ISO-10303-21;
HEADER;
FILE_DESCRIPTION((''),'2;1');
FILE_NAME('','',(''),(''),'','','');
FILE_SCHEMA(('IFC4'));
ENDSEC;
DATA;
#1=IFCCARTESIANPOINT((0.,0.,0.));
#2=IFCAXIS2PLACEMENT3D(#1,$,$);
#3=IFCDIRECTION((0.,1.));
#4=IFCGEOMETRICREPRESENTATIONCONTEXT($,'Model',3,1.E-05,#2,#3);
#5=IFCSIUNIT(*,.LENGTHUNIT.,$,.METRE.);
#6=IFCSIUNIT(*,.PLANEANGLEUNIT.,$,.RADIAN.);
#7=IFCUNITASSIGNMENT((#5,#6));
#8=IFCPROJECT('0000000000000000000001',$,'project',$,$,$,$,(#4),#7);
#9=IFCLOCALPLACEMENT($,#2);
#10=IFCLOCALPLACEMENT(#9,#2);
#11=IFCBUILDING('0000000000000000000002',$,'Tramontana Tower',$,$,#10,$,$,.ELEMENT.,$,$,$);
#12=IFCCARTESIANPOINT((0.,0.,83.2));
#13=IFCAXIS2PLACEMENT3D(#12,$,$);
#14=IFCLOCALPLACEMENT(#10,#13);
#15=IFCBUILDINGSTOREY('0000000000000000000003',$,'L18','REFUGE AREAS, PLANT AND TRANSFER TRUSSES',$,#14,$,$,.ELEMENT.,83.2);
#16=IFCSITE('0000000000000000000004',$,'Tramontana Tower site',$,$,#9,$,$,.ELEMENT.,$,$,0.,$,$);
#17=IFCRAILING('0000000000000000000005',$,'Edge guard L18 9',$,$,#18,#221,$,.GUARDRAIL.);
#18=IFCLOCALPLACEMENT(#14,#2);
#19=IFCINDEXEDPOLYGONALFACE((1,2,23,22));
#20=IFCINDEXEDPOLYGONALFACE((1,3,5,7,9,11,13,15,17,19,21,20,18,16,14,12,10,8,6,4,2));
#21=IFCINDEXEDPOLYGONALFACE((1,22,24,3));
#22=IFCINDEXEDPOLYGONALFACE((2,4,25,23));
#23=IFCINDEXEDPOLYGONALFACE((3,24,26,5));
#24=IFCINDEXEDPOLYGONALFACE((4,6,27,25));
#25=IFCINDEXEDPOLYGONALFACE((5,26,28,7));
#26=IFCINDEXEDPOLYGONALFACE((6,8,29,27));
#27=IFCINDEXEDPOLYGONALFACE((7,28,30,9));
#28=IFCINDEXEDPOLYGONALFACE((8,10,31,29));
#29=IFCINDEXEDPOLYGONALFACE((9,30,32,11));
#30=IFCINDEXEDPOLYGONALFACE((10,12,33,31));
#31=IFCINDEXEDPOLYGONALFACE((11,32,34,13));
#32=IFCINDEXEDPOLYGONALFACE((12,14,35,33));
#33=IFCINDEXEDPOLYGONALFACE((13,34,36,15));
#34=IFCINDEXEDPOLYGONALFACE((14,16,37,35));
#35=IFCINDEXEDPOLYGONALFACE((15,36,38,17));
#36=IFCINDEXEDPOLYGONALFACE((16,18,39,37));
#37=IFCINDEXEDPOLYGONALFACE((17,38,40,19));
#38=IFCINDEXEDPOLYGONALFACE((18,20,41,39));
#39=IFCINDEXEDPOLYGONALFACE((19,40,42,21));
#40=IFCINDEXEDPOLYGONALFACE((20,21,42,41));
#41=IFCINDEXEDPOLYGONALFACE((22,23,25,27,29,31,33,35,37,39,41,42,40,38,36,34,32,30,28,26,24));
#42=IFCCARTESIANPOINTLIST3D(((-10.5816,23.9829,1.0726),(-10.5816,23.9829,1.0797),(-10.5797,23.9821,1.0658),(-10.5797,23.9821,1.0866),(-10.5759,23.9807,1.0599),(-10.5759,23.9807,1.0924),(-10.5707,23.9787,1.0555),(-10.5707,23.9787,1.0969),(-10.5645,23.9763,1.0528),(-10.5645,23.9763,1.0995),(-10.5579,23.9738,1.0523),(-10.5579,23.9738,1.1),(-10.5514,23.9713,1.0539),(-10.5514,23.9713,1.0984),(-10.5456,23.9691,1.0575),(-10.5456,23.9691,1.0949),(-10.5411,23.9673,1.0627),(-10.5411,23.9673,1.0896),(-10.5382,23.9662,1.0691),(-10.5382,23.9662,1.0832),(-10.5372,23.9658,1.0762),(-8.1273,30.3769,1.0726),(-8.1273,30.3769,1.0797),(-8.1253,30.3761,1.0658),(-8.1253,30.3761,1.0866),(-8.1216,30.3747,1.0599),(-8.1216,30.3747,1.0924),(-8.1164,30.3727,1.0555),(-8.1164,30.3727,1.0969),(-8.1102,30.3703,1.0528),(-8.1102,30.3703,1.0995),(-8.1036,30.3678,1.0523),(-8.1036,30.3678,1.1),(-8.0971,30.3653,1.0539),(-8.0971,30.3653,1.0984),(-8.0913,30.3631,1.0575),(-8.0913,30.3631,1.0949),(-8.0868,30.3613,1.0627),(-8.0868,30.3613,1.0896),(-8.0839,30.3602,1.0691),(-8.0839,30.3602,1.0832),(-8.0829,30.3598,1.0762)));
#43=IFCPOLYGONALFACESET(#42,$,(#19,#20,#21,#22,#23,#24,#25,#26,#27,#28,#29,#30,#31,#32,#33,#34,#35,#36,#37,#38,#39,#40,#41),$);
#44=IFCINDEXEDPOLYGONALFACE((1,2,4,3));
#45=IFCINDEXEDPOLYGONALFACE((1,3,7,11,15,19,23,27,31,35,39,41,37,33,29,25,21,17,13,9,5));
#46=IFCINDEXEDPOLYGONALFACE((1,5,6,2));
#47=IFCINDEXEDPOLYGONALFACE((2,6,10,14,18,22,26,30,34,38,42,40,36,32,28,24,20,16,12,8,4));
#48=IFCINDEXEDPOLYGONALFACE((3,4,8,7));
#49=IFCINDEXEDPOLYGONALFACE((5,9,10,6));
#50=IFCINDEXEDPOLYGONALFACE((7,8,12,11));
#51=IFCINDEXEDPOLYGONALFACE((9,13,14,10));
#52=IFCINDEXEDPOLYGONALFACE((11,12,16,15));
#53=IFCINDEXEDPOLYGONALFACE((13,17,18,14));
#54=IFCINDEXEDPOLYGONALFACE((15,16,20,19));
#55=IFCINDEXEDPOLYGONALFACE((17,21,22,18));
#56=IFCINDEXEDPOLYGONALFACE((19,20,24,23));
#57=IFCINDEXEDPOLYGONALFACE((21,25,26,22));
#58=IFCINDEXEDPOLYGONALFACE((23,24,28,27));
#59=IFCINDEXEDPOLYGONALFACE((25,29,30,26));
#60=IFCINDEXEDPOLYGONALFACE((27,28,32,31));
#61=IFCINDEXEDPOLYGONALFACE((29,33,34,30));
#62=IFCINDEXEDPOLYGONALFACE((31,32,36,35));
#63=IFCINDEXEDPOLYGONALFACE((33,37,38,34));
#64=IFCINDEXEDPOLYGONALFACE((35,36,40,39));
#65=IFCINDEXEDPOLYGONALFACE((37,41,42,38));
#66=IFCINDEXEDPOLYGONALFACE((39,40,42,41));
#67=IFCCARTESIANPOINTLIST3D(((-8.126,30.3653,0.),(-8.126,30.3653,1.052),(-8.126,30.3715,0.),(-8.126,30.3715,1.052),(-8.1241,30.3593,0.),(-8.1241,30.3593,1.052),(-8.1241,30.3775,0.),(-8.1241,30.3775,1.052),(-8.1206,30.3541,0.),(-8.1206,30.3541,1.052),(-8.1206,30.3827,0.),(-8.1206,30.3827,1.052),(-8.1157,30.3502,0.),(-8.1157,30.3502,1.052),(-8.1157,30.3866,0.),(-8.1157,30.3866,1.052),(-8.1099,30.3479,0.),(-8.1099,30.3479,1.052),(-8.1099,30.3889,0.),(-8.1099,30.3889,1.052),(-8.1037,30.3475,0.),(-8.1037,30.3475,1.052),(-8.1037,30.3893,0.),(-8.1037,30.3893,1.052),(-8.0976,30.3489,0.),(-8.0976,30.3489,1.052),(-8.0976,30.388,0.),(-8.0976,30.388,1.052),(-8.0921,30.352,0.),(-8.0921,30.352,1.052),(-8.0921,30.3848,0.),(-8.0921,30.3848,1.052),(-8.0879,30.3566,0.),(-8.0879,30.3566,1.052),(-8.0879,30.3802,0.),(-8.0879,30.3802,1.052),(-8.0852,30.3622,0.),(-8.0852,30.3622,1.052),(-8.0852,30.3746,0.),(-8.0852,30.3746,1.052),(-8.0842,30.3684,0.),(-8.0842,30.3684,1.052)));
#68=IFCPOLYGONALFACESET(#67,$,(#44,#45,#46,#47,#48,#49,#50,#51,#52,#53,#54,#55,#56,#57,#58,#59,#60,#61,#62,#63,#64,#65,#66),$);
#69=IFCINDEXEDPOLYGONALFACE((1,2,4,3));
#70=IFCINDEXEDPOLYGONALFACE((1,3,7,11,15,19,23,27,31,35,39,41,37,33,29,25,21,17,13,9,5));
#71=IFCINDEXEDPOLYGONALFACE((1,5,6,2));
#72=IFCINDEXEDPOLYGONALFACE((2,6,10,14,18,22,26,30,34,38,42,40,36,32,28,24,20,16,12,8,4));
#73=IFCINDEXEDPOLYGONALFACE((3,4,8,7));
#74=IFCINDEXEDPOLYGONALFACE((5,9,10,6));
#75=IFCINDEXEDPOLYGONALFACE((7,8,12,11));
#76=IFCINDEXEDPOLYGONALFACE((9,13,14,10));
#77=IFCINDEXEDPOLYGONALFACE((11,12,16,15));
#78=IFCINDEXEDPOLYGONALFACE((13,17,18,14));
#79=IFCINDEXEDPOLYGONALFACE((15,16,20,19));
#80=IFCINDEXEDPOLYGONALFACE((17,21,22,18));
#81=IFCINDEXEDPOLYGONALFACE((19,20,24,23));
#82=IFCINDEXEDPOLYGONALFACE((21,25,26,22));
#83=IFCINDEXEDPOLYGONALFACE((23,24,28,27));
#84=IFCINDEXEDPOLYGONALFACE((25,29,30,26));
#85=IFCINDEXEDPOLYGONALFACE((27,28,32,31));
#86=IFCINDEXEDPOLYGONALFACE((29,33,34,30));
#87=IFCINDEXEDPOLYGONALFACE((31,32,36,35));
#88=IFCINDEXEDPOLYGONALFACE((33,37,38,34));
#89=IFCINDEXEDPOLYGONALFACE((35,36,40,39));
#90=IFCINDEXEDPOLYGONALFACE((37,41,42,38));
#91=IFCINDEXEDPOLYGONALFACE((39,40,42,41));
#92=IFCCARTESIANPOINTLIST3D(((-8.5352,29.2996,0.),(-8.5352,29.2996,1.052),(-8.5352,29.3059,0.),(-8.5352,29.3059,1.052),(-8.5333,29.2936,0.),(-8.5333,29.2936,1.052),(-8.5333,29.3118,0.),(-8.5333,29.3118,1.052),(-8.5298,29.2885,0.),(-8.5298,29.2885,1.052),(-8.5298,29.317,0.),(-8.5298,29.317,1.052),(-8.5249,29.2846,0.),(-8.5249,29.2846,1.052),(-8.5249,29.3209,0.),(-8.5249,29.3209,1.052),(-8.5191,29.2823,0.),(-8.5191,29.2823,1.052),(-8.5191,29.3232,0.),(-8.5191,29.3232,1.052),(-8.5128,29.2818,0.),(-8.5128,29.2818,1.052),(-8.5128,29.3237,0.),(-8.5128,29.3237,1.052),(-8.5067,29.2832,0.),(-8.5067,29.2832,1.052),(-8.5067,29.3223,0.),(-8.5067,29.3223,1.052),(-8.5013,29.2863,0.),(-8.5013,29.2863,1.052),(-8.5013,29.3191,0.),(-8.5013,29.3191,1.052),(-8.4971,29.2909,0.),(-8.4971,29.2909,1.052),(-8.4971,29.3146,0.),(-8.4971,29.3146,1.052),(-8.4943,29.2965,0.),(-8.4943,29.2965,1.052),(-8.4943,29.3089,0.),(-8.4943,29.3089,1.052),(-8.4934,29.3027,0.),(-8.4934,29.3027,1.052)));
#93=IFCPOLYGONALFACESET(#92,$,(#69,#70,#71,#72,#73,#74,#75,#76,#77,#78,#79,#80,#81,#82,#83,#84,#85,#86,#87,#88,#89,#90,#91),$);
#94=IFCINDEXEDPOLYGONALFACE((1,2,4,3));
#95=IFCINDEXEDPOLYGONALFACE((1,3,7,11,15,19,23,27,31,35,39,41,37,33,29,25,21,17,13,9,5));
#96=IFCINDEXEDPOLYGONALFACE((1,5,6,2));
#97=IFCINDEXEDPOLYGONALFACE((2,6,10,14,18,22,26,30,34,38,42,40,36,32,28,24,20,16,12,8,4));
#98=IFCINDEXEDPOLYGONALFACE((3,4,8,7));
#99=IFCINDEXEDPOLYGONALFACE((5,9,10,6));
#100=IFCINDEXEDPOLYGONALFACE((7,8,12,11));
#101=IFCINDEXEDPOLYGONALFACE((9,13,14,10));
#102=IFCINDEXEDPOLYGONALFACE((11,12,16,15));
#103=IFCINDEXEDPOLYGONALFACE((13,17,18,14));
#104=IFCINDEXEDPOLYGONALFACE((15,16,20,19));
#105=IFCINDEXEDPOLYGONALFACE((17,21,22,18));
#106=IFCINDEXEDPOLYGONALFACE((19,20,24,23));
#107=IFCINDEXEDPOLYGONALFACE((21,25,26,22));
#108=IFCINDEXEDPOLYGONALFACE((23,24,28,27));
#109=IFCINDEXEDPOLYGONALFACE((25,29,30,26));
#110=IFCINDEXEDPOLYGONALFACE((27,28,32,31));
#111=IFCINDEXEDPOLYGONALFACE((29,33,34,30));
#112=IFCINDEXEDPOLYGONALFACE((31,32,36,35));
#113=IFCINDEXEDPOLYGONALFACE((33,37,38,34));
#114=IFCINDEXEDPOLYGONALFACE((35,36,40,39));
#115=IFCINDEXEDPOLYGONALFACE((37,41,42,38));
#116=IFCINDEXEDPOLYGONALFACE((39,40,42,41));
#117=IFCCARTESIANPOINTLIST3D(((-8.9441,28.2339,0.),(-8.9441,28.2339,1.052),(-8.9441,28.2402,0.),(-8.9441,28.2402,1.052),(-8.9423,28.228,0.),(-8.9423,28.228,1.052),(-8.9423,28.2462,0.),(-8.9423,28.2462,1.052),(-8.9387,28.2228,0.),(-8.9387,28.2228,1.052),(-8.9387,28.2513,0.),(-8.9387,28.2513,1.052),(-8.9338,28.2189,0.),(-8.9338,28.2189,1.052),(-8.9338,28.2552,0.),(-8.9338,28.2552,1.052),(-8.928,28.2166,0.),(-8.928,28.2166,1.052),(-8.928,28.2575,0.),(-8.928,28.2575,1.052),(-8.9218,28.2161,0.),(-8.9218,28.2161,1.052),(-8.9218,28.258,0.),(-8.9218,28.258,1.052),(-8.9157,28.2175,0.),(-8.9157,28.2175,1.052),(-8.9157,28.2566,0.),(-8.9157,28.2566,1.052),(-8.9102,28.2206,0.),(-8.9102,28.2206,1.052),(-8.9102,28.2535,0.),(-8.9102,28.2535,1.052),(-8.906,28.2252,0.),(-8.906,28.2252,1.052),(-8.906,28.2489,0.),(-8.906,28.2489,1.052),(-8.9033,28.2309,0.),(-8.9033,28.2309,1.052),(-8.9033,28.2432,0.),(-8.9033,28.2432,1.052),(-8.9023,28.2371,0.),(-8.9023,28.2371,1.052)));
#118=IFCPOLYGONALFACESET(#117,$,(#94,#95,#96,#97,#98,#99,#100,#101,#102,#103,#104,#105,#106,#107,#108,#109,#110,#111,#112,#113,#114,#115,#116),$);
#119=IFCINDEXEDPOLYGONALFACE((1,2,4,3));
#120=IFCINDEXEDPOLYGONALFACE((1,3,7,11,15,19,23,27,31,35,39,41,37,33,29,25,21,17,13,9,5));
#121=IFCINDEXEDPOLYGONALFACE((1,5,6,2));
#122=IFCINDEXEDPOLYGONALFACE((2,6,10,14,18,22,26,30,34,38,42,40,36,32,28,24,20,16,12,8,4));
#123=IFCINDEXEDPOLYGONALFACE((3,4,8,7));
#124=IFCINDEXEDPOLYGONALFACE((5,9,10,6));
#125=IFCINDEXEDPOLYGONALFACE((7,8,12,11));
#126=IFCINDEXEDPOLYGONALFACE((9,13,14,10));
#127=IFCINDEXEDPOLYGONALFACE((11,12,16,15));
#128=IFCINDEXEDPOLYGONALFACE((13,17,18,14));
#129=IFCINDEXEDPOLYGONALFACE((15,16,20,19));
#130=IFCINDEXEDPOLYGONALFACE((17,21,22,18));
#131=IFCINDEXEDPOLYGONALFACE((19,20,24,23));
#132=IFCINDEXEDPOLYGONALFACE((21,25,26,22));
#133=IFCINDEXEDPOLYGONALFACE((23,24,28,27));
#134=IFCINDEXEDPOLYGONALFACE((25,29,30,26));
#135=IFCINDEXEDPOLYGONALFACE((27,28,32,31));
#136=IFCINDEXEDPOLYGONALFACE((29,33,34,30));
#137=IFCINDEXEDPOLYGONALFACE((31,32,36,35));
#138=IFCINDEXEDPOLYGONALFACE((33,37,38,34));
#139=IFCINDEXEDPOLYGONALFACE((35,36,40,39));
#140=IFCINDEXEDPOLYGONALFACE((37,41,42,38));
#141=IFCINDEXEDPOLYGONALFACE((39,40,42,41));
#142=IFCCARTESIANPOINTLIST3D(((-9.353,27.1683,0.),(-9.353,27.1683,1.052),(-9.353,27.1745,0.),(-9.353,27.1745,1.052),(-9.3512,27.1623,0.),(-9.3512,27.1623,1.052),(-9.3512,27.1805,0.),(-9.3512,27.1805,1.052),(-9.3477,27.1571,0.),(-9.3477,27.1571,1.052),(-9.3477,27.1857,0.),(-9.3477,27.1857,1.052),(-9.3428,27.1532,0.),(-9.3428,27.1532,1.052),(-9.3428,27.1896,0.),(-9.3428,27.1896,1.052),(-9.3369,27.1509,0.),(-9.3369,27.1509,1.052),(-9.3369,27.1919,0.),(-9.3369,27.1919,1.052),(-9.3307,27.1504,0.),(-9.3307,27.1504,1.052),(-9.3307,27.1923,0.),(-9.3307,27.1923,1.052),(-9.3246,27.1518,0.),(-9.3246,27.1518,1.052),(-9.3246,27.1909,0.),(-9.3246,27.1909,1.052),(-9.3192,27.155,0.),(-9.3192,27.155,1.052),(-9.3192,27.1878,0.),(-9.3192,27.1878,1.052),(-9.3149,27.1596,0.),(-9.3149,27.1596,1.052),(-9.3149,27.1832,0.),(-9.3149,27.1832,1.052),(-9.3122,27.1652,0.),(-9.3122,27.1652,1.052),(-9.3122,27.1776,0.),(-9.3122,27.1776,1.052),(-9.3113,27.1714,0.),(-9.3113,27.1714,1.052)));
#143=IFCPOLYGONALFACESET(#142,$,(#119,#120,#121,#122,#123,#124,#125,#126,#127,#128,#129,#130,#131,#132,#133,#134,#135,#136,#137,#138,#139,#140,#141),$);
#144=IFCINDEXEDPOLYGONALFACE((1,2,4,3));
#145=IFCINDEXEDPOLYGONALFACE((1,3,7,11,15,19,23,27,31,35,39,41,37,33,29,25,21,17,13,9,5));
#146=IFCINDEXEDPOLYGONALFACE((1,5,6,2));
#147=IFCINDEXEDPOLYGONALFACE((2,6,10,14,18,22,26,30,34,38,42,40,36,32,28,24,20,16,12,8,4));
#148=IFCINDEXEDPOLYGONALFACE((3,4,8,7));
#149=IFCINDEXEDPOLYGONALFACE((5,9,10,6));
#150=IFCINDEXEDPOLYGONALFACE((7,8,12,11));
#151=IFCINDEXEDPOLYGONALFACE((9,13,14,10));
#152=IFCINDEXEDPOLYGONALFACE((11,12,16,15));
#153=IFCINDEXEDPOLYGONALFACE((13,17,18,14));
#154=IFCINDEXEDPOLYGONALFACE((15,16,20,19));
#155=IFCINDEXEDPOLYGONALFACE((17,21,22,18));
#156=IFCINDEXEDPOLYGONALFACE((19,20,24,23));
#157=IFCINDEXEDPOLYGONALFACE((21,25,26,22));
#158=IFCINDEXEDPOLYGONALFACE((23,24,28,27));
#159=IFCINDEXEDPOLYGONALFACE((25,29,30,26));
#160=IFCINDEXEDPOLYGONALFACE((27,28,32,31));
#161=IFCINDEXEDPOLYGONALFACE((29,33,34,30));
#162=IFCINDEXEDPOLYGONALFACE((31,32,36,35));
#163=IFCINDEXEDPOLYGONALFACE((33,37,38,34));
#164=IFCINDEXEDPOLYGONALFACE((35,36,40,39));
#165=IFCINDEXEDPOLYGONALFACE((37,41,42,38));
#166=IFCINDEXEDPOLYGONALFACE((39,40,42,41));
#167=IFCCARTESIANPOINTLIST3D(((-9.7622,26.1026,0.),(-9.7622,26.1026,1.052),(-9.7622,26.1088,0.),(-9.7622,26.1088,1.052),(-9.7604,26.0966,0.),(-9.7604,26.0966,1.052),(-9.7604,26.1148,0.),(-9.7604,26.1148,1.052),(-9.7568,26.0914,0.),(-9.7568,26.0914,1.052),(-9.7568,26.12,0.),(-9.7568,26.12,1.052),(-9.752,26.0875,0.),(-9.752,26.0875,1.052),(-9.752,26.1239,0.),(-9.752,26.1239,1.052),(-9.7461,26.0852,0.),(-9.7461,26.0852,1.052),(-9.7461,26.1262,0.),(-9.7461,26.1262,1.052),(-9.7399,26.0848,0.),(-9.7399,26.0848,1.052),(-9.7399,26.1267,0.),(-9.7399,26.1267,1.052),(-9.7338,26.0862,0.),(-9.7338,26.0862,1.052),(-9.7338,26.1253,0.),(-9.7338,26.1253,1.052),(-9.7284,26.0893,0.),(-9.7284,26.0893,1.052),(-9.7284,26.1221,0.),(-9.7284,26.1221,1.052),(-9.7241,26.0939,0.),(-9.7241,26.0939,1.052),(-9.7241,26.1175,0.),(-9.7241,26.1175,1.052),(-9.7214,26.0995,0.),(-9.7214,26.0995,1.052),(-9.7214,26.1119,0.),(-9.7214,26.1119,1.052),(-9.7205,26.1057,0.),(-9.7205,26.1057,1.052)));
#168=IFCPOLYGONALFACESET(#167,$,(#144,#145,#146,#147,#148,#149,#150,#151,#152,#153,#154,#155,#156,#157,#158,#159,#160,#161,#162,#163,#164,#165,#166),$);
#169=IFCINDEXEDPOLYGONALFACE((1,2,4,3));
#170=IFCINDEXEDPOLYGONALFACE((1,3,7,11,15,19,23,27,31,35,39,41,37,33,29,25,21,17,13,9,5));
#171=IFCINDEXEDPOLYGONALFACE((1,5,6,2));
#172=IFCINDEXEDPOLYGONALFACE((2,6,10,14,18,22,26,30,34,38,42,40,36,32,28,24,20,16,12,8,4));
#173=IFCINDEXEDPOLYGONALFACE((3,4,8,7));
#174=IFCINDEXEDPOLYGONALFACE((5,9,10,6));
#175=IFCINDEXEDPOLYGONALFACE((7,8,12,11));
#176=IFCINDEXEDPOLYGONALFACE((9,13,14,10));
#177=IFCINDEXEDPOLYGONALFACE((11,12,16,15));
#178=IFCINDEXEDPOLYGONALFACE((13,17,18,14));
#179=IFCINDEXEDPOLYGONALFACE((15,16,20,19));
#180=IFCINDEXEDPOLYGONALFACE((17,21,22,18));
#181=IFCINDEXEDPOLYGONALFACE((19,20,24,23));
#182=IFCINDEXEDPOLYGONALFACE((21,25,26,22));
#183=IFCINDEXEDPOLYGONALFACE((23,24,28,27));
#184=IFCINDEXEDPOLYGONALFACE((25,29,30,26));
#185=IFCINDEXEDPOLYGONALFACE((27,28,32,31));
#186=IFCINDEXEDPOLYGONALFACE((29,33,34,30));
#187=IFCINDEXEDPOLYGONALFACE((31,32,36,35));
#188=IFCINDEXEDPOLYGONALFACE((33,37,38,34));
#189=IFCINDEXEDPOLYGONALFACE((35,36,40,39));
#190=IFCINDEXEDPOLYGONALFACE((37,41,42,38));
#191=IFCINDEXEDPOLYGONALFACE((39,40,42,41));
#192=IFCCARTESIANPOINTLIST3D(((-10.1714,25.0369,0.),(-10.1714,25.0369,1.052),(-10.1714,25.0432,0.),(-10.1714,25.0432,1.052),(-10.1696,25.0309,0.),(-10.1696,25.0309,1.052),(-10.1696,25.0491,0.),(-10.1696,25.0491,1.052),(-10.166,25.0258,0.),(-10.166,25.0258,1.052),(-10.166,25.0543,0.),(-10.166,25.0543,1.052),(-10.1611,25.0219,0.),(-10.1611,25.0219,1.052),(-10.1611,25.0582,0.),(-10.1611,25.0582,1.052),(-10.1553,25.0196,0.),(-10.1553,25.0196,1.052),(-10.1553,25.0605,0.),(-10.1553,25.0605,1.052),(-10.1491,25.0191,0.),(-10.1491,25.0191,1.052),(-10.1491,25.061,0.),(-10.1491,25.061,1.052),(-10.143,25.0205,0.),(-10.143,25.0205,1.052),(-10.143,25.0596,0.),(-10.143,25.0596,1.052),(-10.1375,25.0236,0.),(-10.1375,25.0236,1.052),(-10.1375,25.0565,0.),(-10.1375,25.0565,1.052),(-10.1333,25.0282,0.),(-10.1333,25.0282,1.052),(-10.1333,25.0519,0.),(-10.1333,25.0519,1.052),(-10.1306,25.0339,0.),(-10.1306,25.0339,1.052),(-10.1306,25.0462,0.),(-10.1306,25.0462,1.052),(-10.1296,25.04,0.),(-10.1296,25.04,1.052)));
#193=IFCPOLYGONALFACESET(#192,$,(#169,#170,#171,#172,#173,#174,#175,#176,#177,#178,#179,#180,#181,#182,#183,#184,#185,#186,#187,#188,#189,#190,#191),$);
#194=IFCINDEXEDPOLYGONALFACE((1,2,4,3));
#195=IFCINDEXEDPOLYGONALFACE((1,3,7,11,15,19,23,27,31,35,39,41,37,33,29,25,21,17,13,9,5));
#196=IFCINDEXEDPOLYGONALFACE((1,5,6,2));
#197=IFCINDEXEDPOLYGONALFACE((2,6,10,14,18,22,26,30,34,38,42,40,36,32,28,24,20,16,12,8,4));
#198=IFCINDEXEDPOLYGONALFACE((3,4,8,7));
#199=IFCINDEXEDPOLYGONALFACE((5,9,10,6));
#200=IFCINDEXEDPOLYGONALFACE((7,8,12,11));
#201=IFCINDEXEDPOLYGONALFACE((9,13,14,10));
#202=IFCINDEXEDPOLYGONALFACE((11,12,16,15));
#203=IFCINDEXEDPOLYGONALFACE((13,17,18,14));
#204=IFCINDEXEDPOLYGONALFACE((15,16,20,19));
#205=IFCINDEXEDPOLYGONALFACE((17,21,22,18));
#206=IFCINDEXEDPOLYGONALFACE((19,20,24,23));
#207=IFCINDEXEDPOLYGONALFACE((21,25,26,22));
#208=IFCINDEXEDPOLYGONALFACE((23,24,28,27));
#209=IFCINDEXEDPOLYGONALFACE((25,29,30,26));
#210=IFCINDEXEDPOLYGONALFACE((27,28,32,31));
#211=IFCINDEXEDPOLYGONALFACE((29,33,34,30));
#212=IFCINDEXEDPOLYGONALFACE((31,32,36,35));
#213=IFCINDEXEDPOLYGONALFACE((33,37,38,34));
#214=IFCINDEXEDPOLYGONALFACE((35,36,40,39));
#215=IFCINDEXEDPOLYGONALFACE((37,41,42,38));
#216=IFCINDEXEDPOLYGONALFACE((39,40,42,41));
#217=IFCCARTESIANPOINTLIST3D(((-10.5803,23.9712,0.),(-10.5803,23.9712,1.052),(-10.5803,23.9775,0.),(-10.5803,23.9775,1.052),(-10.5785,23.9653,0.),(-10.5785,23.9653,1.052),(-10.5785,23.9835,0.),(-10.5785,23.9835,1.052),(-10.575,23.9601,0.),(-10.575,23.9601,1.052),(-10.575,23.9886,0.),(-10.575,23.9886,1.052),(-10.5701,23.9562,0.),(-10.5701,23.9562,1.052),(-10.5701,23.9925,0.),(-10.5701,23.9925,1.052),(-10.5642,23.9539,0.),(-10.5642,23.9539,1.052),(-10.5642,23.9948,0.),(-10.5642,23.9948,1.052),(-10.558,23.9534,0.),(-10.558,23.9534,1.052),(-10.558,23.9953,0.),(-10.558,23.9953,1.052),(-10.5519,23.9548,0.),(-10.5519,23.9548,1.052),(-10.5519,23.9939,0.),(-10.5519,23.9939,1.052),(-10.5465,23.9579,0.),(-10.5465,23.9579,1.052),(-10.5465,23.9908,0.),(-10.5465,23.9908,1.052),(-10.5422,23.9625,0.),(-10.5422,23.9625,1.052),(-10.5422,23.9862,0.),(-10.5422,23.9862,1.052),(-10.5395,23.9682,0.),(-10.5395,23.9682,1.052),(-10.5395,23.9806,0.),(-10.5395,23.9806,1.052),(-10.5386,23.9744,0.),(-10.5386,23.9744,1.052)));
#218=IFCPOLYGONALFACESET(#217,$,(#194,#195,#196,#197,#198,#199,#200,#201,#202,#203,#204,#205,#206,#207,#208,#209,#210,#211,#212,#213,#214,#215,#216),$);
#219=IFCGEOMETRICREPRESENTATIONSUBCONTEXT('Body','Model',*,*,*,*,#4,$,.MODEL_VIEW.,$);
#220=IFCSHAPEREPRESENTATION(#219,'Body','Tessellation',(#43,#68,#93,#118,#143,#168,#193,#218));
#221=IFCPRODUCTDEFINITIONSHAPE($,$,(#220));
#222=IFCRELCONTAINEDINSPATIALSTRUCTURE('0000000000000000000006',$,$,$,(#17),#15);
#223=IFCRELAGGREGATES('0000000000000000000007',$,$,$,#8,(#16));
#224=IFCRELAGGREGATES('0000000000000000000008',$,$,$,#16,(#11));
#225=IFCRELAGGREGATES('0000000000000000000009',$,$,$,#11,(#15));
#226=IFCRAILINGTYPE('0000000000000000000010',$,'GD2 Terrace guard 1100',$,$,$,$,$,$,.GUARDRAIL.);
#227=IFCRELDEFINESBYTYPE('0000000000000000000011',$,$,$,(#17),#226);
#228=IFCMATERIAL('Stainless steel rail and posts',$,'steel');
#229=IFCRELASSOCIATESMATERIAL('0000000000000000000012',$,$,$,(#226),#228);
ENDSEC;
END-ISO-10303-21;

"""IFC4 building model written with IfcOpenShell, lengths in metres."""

from ifc_helpers import new_model, si_unit, direction, frame, origin, origin_2d, place, context, subcontext, project, spatial, circle, extrude, material, type_object, element, save


model = new_model("IFC4")

# Units and contexts
model_context = context("Model", 3, precision=1e-05, world=origin(), true_north=direction((0.0, 1.0)))
body_context = subcontext(model_context, "Body", "Model", "MODEL_VIEW")
ifc_project = project(units=[si_unit("LENGTHUNIT", "METRE"), si_unit("PLANEANGLEUNIT", "RADIAN")], contexts=[model_context])

# Site, building, storey
site_placement = place(None, origin())
site = spatial("IfcSite", under=ifc_project, at=site_placement, Name="Tramontana Tower site", CompositionType="ELEMENT", RefElevation=0.0)
building_placement = place(site_placement, origin())
building = spatial("IfcBuilding", under=site, at=building_placement, Name="Tramontana Tower", CompositionType="ELEMENT")
storey_placement = place(building_placement, frame((0.0, 0.0, 83.2)))
storey = spatial("IfcBuildingStorey", under=building, at=storey_placement, Name="L18", Description="REFUGE AREAS, PLANT AND TRANSFER TRUSSES", CompositionType="ELEMENT", Elevation=83.2)

# Railing
ifc_material_1 = material(Name="Stainless steel rail and posts", Category="steel")
railing_type = type_object("IfcRailingType", Name="GD2 Terrace guard 1100", PredefinedType="GUARDRAIL", material=ifc_material_1)
railing_1_placement = place(storey_placement, frame((-8.1052, 30.3684, 0.0)))
element("IfcRailing", 1, at=railing_1_placement, inside=storey, type_object=railing_type, Name="Edge guard L18 9", PredefinedType="GUARDRAIL", context=body_context, shape_type="SweptSolid", body=[
    extrude(circle(Radius=0.0239, at=origin_2d()), frame((0.0, 0.0, 1.0762), z_axis=(-0.358356, -0.933585, 0.0), x_axis=(0.933585, -0.358356, 0.0)), (0.0, 0.0, 1.0), 6.8489),
    extrude(circle(Radius=0.021, at=origin_2d()), origin(), (0.0, 0.0, 1.0), 1.052),
    extrude(circle(Radius=0.021, at=origin_2d()), frame((-0.4092, -1.0657, 0.0)), (0.0, 0.0, 1.0), 1.052),
    extrude(circle(Radius=0.021, at=origin_2d()), frame((-0.8181, -2.1313, 0.0)), (0.0, 0.0, 1.0), 1.052),
    extrude(circle(Radius=0.021, at=origin_2d()), frame((-1.2271, -3.197, 0.0)), (0.0, 0.0, 1.0), 1.052),
    extrude(circle(Radius=0.021, at=origin_2d()), frame((-1.6362, -4.2627, 0.0)), (0.0, 0.0, 1.0), 1.052),
    extrude(circle(Radius=0.021, at=origin_2d()), frame((-2.0454, -5.3284, 0.0)), (0.0, 0.0, 1.0), 1.052),
    extrude(circle(Radius=0.021, at=origin_2d()), frame((-2.4543, -6.394, 0.0)), (0.0, 0.0, 1.0), 1.052),
])

save(model, "model.ifc")
